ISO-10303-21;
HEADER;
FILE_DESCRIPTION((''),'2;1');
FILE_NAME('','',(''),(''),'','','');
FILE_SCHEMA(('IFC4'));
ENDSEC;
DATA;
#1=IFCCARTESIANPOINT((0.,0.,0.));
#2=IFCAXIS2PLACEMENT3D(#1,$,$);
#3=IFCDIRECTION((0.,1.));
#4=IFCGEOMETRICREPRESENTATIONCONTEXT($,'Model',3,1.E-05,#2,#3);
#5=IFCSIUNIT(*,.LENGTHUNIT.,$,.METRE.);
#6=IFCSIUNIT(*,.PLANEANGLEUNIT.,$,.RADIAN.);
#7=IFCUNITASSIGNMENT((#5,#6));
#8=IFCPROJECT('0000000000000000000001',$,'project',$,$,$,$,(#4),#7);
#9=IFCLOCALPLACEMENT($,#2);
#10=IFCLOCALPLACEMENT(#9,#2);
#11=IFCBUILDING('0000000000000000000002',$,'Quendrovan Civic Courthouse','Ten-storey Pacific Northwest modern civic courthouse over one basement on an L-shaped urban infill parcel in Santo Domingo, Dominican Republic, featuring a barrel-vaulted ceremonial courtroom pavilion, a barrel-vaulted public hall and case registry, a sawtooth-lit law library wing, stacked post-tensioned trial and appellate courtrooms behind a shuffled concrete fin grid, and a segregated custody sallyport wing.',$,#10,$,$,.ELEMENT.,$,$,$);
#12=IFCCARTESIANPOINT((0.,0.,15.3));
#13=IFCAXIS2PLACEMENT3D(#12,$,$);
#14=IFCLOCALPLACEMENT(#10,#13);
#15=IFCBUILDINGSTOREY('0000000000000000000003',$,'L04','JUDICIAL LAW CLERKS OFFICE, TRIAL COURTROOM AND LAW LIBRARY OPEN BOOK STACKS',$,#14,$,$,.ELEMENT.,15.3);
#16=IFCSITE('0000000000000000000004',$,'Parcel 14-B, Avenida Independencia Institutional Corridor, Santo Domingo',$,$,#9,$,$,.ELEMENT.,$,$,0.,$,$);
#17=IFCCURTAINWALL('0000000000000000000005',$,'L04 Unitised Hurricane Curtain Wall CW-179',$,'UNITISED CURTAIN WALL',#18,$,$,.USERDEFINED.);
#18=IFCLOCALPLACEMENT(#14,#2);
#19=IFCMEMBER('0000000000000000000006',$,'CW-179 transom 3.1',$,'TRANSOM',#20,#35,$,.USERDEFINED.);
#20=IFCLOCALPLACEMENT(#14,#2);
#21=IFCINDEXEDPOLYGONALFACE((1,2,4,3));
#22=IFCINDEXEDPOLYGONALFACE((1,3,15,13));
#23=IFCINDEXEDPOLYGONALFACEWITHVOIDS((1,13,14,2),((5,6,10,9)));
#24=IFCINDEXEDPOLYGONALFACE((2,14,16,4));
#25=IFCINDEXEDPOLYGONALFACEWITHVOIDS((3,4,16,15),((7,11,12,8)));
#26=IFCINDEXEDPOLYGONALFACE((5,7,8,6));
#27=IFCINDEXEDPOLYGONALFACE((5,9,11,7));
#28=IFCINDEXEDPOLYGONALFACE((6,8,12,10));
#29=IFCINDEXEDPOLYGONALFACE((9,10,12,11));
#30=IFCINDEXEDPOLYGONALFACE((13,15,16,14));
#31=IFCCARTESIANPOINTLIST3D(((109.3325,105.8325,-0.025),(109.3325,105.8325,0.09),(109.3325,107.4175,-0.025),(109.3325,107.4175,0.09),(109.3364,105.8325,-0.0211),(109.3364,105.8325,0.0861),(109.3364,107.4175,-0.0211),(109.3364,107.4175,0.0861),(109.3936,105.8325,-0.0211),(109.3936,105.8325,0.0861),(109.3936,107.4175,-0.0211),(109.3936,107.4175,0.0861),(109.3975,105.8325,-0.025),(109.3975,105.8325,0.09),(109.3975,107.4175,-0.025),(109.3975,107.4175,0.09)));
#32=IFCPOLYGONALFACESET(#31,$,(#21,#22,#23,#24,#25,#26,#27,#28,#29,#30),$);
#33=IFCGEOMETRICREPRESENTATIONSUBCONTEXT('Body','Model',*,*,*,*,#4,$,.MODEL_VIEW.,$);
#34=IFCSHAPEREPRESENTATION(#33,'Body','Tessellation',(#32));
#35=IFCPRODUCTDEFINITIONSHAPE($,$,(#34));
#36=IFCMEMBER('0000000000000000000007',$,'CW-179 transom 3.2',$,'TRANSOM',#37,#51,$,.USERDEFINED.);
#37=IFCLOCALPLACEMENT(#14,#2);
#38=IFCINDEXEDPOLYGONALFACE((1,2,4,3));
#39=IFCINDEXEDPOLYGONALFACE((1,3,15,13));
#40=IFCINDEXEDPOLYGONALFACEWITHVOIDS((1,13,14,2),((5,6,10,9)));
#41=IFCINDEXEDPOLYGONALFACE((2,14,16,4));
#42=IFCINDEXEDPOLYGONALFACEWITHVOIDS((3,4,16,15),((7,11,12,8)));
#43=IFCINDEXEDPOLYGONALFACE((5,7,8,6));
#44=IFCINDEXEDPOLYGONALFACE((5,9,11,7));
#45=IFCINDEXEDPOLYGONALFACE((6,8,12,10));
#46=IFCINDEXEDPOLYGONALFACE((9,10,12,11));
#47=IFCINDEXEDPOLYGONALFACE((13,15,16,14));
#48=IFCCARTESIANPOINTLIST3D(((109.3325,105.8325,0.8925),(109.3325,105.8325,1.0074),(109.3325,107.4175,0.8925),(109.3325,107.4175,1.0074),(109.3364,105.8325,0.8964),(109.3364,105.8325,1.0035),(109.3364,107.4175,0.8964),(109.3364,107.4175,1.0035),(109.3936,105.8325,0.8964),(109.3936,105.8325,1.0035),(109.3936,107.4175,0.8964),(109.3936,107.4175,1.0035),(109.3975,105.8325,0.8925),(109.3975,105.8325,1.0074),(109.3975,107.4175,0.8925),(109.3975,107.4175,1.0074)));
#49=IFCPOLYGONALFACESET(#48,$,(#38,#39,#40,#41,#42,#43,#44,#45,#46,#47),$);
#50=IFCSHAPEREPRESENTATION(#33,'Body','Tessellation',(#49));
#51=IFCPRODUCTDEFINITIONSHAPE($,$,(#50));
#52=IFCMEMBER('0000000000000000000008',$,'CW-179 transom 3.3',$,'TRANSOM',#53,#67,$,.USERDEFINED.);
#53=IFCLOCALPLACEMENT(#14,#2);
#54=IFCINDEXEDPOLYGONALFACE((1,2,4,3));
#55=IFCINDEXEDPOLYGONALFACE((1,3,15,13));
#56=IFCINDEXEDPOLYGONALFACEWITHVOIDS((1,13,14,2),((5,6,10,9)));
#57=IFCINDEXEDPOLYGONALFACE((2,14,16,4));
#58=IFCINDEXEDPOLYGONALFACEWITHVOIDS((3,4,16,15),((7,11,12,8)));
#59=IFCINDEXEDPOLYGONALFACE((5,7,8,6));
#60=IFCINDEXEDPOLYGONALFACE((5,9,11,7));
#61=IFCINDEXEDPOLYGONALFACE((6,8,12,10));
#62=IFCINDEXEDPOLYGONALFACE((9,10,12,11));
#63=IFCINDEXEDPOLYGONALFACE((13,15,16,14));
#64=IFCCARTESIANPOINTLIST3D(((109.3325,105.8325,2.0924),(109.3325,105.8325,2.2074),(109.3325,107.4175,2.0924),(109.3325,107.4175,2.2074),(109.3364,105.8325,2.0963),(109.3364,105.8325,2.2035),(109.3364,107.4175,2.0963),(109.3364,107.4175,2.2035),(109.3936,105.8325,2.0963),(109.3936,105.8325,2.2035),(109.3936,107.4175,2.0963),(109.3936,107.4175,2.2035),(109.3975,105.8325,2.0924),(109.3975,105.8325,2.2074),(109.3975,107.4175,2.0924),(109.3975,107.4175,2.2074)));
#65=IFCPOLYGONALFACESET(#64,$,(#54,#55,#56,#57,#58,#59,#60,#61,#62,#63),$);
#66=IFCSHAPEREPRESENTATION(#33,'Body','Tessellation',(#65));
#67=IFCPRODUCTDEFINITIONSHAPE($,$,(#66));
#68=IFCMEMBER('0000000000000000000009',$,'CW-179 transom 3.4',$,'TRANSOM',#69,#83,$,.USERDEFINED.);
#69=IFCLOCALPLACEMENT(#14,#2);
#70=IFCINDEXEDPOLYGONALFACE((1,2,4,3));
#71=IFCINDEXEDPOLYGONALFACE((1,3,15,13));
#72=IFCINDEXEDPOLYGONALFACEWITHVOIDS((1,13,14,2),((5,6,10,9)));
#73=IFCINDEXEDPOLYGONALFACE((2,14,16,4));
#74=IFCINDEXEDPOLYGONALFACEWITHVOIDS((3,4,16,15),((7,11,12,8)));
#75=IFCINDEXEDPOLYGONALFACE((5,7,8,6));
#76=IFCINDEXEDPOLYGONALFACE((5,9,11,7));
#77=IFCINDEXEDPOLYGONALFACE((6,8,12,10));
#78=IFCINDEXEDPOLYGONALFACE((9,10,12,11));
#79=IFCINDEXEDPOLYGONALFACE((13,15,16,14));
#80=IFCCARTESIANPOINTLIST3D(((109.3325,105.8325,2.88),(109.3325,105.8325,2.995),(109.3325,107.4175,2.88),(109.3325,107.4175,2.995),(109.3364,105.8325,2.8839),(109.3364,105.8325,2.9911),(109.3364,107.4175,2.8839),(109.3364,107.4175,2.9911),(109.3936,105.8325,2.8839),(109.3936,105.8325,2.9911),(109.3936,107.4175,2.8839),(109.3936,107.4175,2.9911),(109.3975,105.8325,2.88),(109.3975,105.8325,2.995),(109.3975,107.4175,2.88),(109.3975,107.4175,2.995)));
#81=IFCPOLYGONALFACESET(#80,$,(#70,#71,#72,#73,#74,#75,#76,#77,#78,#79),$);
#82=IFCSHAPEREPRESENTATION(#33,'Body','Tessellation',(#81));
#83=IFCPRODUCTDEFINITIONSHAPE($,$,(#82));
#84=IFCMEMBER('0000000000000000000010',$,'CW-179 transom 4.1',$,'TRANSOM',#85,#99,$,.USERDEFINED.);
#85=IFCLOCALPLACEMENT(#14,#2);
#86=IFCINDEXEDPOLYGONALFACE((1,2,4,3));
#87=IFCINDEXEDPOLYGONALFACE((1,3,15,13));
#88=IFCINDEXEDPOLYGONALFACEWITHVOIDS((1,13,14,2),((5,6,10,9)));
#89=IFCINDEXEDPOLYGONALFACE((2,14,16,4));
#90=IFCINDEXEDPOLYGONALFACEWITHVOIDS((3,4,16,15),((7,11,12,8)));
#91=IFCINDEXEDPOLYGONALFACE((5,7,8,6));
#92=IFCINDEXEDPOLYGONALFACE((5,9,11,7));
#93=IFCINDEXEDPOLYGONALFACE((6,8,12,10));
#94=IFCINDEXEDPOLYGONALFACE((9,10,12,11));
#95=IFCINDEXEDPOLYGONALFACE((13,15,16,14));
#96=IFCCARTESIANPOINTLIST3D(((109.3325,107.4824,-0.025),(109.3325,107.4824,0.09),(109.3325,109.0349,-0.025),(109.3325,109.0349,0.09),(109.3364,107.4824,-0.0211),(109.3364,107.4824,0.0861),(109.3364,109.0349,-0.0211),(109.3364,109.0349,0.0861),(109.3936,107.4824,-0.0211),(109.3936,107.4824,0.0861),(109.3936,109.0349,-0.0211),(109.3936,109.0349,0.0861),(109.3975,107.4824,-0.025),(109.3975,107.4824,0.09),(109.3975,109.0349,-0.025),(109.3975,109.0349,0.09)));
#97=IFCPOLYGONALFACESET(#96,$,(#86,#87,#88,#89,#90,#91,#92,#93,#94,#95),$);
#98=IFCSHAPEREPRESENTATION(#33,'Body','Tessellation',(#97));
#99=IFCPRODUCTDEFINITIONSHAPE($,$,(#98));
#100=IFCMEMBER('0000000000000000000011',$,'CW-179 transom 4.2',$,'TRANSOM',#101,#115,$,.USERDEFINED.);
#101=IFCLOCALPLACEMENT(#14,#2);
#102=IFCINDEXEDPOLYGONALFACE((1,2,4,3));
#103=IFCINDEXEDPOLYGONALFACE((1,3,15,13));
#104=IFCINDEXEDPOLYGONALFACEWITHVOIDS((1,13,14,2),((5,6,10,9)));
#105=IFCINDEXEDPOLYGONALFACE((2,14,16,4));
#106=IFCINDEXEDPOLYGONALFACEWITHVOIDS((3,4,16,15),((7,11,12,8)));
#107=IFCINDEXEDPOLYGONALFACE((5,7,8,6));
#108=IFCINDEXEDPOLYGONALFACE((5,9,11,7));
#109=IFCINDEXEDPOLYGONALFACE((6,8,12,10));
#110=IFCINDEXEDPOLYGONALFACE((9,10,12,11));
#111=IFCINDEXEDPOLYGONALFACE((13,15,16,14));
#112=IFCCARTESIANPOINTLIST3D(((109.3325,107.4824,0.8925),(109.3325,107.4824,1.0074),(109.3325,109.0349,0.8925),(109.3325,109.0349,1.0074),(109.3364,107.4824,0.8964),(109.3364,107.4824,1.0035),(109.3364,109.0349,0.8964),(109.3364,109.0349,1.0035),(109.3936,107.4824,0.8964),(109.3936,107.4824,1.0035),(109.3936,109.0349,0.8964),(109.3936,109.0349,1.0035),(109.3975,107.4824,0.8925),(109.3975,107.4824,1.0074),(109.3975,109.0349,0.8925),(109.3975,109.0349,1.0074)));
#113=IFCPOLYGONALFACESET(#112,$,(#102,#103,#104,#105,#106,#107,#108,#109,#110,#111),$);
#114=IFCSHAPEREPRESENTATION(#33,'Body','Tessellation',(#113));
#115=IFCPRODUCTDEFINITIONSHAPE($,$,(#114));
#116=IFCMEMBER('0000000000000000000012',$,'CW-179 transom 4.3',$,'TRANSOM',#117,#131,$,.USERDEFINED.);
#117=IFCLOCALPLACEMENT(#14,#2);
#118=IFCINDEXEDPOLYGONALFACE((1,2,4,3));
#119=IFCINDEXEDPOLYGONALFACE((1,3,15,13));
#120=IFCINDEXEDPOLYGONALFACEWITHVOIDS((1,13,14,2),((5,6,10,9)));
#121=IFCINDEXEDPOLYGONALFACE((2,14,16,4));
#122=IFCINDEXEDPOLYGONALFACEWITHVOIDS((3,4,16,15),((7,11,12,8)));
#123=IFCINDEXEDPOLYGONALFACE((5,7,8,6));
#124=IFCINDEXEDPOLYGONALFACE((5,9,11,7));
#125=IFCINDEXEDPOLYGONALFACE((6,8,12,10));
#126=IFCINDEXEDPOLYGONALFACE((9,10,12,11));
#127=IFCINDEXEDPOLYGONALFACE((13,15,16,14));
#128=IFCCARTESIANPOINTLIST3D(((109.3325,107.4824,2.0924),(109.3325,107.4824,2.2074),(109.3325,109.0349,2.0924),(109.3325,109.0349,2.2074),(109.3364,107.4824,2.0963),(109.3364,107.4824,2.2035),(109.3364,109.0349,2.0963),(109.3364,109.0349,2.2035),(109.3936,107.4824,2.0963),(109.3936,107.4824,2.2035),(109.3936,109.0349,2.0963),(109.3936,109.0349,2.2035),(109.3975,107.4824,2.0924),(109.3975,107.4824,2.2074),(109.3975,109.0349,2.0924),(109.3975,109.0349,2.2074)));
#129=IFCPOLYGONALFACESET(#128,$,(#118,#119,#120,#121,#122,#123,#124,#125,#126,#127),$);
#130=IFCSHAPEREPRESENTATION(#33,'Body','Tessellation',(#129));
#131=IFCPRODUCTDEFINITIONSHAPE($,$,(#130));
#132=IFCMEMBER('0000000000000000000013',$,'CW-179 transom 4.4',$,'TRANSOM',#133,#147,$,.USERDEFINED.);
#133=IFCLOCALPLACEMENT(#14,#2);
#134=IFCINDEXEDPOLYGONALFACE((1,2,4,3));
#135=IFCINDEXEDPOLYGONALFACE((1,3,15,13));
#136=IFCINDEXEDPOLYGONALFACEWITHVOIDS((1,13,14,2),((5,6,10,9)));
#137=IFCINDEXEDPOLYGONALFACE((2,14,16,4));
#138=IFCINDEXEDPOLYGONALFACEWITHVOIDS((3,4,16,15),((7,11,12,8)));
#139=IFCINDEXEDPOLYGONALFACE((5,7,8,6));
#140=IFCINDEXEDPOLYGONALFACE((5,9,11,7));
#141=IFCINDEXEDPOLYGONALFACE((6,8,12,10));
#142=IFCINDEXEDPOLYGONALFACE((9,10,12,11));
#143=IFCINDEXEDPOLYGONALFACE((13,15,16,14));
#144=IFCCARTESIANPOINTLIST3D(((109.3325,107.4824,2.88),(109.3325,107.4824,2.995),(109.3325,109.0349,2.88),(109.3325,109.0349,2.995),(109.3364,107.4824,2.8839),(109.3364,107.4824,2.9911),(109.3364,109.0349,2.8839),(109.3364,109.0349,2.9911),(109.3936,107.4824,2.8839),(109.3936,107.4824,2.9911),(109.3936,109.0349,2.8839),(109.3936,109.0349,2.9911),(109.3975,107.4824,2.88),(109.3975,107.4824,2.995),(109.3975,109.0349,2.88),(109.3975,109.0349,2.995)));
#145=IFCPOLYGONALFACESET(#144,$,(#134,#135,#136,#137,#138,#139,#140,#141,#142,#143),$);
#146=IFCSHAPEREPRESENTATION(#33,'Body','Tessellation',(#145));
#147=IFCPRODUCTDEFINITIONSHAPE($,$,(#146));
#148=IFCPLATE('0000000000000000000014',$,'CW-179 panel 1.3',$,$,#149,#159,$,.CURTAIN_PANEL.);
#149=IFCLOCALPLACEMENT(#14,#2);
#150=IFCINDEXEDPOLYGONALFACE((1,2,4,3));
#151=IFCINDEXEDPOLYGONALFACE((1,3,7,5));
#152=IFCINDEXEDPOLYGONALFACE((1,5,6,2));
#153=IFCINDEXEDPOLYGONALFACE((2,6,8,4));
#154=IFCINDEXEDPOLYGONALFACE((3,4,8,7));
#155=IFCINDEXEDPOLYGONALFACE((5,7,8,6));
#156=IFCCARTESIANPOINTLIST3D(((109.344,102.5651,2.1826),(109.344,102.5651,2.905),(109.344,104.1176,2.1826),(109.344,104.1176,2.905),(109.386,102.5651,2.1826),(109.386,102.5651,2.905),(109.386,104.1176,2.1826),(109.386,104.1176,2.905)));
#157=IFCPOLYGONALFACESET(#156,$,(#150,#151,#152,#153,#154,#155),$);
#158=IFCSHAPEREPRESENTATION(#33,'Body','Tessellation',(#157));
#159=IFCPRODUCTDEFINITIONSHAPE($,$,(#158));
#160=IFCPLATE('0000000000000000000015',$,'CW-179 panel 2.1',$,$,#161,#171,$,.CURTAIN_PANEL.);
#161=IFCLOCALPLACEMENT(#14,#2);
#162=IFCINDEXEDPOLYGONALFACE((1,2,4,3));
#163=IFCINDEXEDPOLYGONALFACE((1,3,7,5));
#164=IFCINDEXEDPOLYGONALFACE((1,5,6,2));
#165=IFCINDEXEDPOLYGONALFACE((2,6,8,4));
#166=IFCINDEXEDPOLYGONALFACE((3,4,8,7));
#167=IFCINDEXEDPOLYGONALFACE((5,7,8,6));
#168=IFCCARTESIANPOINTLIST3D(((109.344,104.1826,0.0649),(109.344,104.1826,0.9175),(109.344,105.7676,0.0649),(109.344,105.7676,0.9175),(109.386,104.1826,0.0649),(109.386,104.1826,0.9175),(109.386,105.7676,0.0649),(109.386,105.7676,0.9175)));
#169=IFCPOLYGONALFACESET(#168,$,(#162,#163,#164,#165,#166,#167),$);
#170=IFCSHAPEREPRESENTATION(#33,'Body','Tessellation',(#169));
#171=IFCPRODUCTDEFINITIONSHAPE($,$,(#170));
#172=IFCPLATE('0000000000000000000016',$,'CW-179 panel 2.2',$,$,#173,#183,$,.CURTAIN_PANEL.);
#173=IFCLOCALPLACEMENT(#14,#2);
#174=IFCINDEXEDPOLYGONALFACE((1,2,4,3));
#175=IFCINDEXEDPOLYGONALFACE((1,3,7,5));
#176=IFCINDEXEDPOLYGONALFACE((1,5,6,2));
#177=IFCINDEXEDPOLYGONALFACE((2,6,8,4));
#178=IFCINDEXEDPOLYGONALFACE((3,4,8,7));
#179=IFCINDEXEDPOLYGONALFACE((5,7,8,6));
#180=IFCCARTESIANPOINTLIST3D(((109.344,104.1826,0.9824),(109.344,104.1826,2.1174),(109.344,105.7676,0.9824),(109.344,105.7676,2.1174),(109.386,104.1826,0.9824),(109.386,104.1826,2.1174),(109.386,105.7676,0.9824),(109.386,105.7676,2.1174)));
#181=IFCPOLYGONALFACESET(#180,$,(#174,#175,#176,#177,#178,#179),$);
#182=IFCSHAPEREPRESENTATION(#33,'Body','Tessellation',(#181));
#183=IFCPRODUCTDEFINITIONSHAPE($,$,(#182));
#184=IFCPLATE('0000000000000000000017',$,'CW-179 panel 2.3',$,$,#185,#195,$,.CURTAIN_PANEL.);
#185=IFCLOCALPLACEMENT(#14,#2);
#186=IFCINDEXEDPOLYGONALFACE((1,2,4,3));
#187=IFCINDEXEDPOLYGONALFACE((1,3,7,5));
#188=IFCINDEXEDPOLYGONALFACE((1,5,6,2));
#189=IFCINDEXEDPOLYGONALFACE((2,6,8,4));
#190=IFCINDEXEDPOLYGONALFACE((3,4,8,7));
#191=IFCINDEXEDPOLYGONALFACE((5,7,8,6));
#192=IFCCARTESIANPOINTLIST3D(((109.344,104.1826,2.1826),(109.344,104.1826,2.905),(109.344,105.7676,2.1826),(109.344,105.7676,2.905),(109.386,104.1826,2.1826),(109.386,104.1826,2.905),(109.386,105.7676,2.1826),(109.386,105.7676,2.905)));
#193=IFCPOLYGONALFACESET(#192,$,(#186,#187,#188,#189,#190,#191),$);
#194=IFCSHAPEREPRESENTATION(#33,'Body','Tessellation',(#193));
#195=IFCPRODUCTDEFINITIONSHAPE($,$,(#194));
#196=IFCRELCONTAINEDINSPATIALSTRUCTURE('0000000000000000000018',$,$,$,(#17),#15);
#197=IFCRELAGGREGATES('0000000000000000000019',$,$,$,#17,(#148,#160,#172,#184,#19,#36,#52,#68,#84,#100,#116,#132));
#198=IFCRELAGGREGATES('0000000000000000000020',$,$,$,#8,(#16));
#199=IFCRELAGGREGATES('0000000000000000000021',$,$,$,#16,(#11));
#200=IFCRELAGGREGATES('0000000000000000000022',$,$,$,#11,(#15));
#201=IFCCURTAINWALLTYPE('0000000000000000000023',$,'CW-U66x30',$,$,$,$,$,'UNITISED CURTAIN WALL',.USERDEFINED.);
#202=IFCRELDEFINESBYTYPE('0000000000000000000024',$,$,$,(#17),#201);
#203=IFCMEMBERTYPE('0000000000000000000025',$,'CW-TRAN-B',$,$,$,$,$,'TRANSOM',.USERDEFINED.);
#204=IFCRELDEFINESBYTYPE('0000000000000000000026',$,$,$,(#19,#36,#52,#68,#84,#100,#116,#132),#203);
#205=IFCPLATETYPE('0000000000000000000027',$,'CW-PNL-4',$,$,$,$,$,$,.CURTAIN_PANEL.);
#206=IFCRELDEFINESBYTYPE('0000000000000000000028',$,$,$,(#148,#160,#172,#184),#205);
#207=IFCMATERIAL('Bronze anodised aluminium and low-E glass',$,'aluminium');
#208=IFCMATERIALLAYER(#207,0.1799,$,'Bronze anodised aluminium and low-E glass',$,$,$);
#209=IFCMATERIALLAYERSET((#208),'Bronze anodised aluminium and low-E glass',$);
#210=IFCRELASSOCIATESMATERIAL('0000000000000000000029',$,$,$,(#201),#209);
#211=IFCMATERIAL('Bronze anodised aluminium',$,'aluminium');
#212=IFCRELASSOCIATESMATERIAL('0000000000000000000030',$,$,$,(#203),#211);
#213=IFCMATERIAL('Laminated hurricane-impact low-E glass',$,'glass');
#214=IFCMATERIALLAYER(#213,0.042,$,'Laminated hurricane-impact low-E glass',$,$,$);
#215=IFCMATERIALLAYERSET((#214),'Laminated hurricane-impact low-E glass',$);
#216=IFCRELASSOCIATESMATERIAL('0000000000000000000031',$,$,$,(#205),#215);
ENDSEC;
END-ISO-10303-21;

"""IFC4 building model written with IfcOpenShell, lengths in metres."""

from ifc_helpers import new_model, si_unit, direction, frame, origin, origin_2d, place, context, subcontext, project, spatial, rectangle, hollow_rectangle, extrude, material, layer, layer_set, material_profile, profile_set, type_object, element, aggregate, save


model = new_model("IFC4")

# Units and contexts
model_context = context("Model", 3, precision=1e-05, world=origin(), true_north=direction((0.0, 1.0)))
body_context = subcontext(model_context, "Body", "Model", "MODEL_VIEW")
ifc_project = project(units=[si_unit("LENGTHUNIT", "METRE"), si_unit("PLANEANGLEUNIT", "RADIAN")], contexts=[model_context])

# Site, building, storey
site_placement = place(None, origin())
site = spatial("IfcSite", under=ifc_project, at=site_placement, Name="Parcel 14-B, Avenida Independencia Institutional Corridor, Santo Domingo", CompositionType="ELEMENT", RefElevation=0.0)
building_placement = place(site_placement, origin())
building = spatial("IfcBuilding", under=site, at=building_placement, Name="Quendrovan Civic Courthouse", Description="Ten-storey Pacific Northwest modern civic courthouse over one basement on an L-shaped urban infill parcel in Santo Domingo, Dominican Republic, featuring a barrel-vaulted ceremonial courtroom pavilion, a barrel-vaulted public hall and case registry, a sawtooth-lit law library wing, stacked post-tensioned trial and appellate courtrooms behind a shuffled concrete fin grid, and a segregated custody sallyport wing.", CompositionType="ELEMENT")
storey_placement = place(building_placement, frame((0.0, 0.0, 15.3)))
storey = spatial("IfcBuildingStorey", under=building, at=storey_placement, Name="L04", Description="JUDICIAL LAW CLERKS OFFICE, TRIAL COURTROOM AND LAW LIBRARY OPEN BOOK STACKS", CompositionType="ELEMENT", Elevation=15.3)

# Shared definitions
ifc_material_1 = material(Name="Bronze anodised aluminium and low-E glass", Category="aluminium")
ifc_material_2 = material(Name="Bronze anodised aluminium", Category="aluminium")

# Curtain wall
ifc_layer_1 = layer(ifc_material_1, 0.1799, Name="Bronze anodised aluminium and low-E glass")
ifc_layer_set_1 = layer_set([ifc_layer_1], Name="Bronze anodised aluminium and low-E glass")
curtain_wall_type_1 = type_object("IfcCurtainWallType", Name="CW-U66x30", ElementType="UNITISED CURTAIN WALL", PredefinedType="USERDEFINED", material=ifc_layer_set_1)
curtain_wall_1_placement = place(storey_placement, origin())
curtain_wall_1 = element("IfcCurtainWall", 1, at=curtain_wall_1_placement, inside=storey, type_object=curtain_wall_type_1, Name="L04 Unitised Hurricane Curtain Wall CW-179", ObjectType="UNITISED CURTAIN WALL", PredefinedType="USERDEFINED")

# Members
ifc_material_profile_1 = material_profile(ifc_material_2, hollow_rectangle(XDim=0.0649, YDim=0.115, WallThickness=0.0039, at=origin_2d()), Name="CW-TRAN-65x115")
ifc_profile_set_1 = profile_set([ifc_material_profile_1], Name="Bronze anodised aluminium")
member_type_1 = type_object("IfcMemberType", Name="CW-TRAN-B", ElementType="TRANSOM", PredefinedType="USERDEFINED", material=ifc_profile_set_1)
member_1_placement = place(storey_placement, frame((109.365, 105.8325, 0.0325), z_axis=(0.0, 1.0, 0.0), x_axis=(-1.0, 0.0, 0.0)))
member_1 = element("IfcMember", 2, at=member_1_placement, type_object=member_type_1, Name="CW-179 transom 3.1", ObjectType="TRANSOM", PredefinedType="USERDEFINED", context=body_context, shape_type="SweptSolid", body=[
    extrude(hollow_rectangle(XDim=0.0649, YDim=0.115, WallThickness=0.0039, at=origin_2d()), origin(), (0.0, 0.0, 1.0), 1.585),
])
member_2_placement = place(storey_placement, frame((109.365, 105.8325, 0.95), z_axis=(0.0, 1.0, 0.0), x_axis=(-1.0, 0.0, 0.0)))
member_2 = element("IfcMember", 3, at=member_2_placement, type_object=member_type_1, Name="CW-179 transom 3.2", ObjectType="TRANSOM", PredefinedType="USERDEFINED", context=body_context, shape_type="SweptSolid", body=[
    extrude(hollow_rectangle(XDim=0.0649, YDim=0.115, WallThickness=0.0039, at=origin_2d()), origin(), (0.0, 0.0, 1.0), 1.585),
])
member_3_placement = place(storey_placement, frame((109.365, 105.8325, 2.1499), z_axis=(0.0, 1.0, 0.0), x_axis=(-1.0, 0.0, 0.0)))
member_3 = element("IfcMember", 4, at=member_3_placement, type_object=member_type_1, Name="CW-179 transom 3.3", ObjectType="TRANSOM", PredefinedType="USERDEFINED", context=body_context, shape_type="SweptSolid", body=[
    extrude(hollow_rectangle(XDim=0.0649, YDim=0.115, WallThickness=0.0039, at=origin_2d()), origin(), (0.0, 0.0, 1.0), 1.585),
])
member_4_placement = place(storey_placement, frame((109.365, 105.8325, 2.9375), z_axis=(0.0, 1.0, 0.0), x_axis=(-1.0, 0.0, 0.0)))
member_4 = element("IfcMember", 5, at=member_4_placement, type_object=member_type_1, Name="CW-179 transom 3.4", ObjectType="TRANSOM", PredefinedType="USERDEFINED", context=body_context, shape_type="SweptSolid", body=[
    extrude(hollow_rectangle(XDim=0.0649, YDim=0.115, WallThickness=0.0039, at=origin_2d()), origin(), (0.0, 0.0, 1.0), 1.585),
])
member_5_placement = place(storey_placement, frame((109.365, 107.4824, 0.0325), z_axis=(0.0, 1.0, 0.0), x_axis=(-1.0, 0.0, 0.0)))
member_5 = element("IfcMember", 6, at=member_5_placement, type_object=member_type_1, Name="CW-179 transom 4.1", ObjectType="TRANSOM", PredefinedType="USERDEFINED", context=body_context, shape_type="SweptSolid", body=[
    extrude(hollow_rectangle(XDim=0.0649, YDim=0.115, WallThickness=0.0039, at=origin_2d()), origin(), (0.0, 0.0, 1.0), 1.5525),
])
member_6_placement = place(storey_placement, frame((109.365, 107.4824, 0.95), z_axis=(0.0, 1.0, 0.0), x_axis=(-1.0, 0.0, 0.0)))
member_6 = element("IfcMember", 7, at=member_6_placement, type_object=member_type_1, Name="CW-179 transom 4.2", ObjectType="TRANSOM", PredefinedType="USERDEFINED", context=body_context, shape_type="SweptSolid", body=[
    extrude(hollow_rectangle(XDim=0.0649, YDim=0.115, WallThickness=0.0039, at=origin_2d()), origin(), (0.0, 0.0, 1.0), 1.5525),
])
member_7_placement = place(storey_placement, frame((109.365, 107.4824, 2.1499), z_axis=(0.0, 1.0, 0.0), x_axis=(-1.0, 0.0, 0.0)))
member_7 = element("IfcMember", 8, at=member_7_placement, type_object=member_type_1, Name="CW-179 transom 4.3", ObjectType="TRANSOM", PredefinedType="USERDEFINED", context=body_context, shape_type="SweptSolid", body=[
    extrude(hollow_rectangle(XDim=0.0649, YDim=0.115, WallThickness=0.0039, at=origin_2d()), origin(), (0.0, 0.0, 1.0), 1.5525),
])
member_8_placement = place(storey_placement, frame((109.365, 107.4824, 2.9375), z_axis=(0.0, 1.0, 0.0), x_axis=(-1.0, 0.0, 0.0)))
member_8 = element("IfcMember", 9, at=member_8_placement, type_object=member_type_1, Name="CW-179 transom 4.4", ObjectType="TRANSOM", PredefinedType="USERDEFINED", context=body_context, shape_type="SweptSolid", body=[
    extrude(hollow_rectangle(XDim=0.0649, YDim=0.115, WallThickness=0.0039, at=origin_2d()), origin(), (0.0, 0.0, 1.0), 1.5525),
])

# Plates
ifc_material_3 = material(Name="Laminated hurricane-impact low-E glass", Category="glass")
ifc_layer_2 = layer(ifc_material_3, 0.042, Name="Laminated hurricane-impact low-E glass")
ifc_layer_set_2 = layer_set([ifc_layer_2], Name="Laminated hurricane-impact low-E glass")
plate_type = type_object("IfcPlateType", Name="CW-PNL-4", PredefinedType="CURTAIN_PANEL", material=ifc_layer_set_2)
plate_1_placement = place(storey_placement, frame((109.365, 103.3413, 2.1826), z_axis=(0.0, 0.0, 1.0), x_axis=(0.0, 1.0, 0.0)))
plate_1 = element("IfcPlate", 10, at=plate_1_placement, type_object=plate_type, Name="CW-179 panel 1.3", PredefinedType="CURTAIN_PANEL", context=body_context, shape_type="SweptSolid", body=[
    extrude(rectangle(XDim=1.5525, YDim=0.042, at=origin_2d()), origin(), (0.0, 0.0, 1.0), 0.7224),
])
plate_2_placement = place(storey_placement, frame((109.365, 104.9751, 0.0649), z_axis=(0.0, 0.0, 1.0), x_axis=(0.0, 1.0, 0.0)))
plate_2 = element("IfcPlate", 11, at=plate_2_placement, type_object=plate_type, Name="CW-179 panel 2.1", PredefinedType="CURTAIN_PANEL", context=body_context, shape_type="SweptSolid", body=[
    extrude(rectangle(XDim=1.585, YDim=0.042, at=origin_2d()), origin(), (0.0, 0.0, 1.0), 0.8525),
])
plate_3_placement = place(storey_placement, frame((109.365, 104.9751, 0.9824), z_axis=(0.0, 0.0, 1.0), x_axis=(0.0, 1.0, 0.0)))
plate_3 = element("IfcPlate", 12, at=plate_3_placement, type_object=plate_type, Name="CW-179 panel 2.2", PredefinedType="CURTAIN_PANEL", context=body_context, shape_type="SweptSolid", body=[
    extrude(rectangle(XDim=1.585, YDim=0.042, at=origin_2d()), origin(), (0.0, 0.0, 1.0), 1.135),
])
plate_4_placement = place(storey_placement, frame((109.365, 104.9751, 2.1826), z_axis=(0.0, 0.0, 1.0), x_axis=(0.0, 1.0, 0.0)))
plate_4 = element("IfcPlate", 13, at=plate_4_placement, type_object=plate_type, Name="CW-179 panel 2.3", PredefinedType="CURTAIN_PANEL", context=body_context, shape_type="SweptSolid", body=[
    extrude(rectangle(XDim=1.585, YDim=0.042, at=origin_2d()), origin(), (0.0, 0.0, 1.0), 0.7224),
])
aggregate(curtain_wall_1, [plate_1, plate_2, plate_3, plate_4, member_1, member_2, member_3, member_4, member_5, member_6, member_7, member_8])

save(model, "model.ifc")
